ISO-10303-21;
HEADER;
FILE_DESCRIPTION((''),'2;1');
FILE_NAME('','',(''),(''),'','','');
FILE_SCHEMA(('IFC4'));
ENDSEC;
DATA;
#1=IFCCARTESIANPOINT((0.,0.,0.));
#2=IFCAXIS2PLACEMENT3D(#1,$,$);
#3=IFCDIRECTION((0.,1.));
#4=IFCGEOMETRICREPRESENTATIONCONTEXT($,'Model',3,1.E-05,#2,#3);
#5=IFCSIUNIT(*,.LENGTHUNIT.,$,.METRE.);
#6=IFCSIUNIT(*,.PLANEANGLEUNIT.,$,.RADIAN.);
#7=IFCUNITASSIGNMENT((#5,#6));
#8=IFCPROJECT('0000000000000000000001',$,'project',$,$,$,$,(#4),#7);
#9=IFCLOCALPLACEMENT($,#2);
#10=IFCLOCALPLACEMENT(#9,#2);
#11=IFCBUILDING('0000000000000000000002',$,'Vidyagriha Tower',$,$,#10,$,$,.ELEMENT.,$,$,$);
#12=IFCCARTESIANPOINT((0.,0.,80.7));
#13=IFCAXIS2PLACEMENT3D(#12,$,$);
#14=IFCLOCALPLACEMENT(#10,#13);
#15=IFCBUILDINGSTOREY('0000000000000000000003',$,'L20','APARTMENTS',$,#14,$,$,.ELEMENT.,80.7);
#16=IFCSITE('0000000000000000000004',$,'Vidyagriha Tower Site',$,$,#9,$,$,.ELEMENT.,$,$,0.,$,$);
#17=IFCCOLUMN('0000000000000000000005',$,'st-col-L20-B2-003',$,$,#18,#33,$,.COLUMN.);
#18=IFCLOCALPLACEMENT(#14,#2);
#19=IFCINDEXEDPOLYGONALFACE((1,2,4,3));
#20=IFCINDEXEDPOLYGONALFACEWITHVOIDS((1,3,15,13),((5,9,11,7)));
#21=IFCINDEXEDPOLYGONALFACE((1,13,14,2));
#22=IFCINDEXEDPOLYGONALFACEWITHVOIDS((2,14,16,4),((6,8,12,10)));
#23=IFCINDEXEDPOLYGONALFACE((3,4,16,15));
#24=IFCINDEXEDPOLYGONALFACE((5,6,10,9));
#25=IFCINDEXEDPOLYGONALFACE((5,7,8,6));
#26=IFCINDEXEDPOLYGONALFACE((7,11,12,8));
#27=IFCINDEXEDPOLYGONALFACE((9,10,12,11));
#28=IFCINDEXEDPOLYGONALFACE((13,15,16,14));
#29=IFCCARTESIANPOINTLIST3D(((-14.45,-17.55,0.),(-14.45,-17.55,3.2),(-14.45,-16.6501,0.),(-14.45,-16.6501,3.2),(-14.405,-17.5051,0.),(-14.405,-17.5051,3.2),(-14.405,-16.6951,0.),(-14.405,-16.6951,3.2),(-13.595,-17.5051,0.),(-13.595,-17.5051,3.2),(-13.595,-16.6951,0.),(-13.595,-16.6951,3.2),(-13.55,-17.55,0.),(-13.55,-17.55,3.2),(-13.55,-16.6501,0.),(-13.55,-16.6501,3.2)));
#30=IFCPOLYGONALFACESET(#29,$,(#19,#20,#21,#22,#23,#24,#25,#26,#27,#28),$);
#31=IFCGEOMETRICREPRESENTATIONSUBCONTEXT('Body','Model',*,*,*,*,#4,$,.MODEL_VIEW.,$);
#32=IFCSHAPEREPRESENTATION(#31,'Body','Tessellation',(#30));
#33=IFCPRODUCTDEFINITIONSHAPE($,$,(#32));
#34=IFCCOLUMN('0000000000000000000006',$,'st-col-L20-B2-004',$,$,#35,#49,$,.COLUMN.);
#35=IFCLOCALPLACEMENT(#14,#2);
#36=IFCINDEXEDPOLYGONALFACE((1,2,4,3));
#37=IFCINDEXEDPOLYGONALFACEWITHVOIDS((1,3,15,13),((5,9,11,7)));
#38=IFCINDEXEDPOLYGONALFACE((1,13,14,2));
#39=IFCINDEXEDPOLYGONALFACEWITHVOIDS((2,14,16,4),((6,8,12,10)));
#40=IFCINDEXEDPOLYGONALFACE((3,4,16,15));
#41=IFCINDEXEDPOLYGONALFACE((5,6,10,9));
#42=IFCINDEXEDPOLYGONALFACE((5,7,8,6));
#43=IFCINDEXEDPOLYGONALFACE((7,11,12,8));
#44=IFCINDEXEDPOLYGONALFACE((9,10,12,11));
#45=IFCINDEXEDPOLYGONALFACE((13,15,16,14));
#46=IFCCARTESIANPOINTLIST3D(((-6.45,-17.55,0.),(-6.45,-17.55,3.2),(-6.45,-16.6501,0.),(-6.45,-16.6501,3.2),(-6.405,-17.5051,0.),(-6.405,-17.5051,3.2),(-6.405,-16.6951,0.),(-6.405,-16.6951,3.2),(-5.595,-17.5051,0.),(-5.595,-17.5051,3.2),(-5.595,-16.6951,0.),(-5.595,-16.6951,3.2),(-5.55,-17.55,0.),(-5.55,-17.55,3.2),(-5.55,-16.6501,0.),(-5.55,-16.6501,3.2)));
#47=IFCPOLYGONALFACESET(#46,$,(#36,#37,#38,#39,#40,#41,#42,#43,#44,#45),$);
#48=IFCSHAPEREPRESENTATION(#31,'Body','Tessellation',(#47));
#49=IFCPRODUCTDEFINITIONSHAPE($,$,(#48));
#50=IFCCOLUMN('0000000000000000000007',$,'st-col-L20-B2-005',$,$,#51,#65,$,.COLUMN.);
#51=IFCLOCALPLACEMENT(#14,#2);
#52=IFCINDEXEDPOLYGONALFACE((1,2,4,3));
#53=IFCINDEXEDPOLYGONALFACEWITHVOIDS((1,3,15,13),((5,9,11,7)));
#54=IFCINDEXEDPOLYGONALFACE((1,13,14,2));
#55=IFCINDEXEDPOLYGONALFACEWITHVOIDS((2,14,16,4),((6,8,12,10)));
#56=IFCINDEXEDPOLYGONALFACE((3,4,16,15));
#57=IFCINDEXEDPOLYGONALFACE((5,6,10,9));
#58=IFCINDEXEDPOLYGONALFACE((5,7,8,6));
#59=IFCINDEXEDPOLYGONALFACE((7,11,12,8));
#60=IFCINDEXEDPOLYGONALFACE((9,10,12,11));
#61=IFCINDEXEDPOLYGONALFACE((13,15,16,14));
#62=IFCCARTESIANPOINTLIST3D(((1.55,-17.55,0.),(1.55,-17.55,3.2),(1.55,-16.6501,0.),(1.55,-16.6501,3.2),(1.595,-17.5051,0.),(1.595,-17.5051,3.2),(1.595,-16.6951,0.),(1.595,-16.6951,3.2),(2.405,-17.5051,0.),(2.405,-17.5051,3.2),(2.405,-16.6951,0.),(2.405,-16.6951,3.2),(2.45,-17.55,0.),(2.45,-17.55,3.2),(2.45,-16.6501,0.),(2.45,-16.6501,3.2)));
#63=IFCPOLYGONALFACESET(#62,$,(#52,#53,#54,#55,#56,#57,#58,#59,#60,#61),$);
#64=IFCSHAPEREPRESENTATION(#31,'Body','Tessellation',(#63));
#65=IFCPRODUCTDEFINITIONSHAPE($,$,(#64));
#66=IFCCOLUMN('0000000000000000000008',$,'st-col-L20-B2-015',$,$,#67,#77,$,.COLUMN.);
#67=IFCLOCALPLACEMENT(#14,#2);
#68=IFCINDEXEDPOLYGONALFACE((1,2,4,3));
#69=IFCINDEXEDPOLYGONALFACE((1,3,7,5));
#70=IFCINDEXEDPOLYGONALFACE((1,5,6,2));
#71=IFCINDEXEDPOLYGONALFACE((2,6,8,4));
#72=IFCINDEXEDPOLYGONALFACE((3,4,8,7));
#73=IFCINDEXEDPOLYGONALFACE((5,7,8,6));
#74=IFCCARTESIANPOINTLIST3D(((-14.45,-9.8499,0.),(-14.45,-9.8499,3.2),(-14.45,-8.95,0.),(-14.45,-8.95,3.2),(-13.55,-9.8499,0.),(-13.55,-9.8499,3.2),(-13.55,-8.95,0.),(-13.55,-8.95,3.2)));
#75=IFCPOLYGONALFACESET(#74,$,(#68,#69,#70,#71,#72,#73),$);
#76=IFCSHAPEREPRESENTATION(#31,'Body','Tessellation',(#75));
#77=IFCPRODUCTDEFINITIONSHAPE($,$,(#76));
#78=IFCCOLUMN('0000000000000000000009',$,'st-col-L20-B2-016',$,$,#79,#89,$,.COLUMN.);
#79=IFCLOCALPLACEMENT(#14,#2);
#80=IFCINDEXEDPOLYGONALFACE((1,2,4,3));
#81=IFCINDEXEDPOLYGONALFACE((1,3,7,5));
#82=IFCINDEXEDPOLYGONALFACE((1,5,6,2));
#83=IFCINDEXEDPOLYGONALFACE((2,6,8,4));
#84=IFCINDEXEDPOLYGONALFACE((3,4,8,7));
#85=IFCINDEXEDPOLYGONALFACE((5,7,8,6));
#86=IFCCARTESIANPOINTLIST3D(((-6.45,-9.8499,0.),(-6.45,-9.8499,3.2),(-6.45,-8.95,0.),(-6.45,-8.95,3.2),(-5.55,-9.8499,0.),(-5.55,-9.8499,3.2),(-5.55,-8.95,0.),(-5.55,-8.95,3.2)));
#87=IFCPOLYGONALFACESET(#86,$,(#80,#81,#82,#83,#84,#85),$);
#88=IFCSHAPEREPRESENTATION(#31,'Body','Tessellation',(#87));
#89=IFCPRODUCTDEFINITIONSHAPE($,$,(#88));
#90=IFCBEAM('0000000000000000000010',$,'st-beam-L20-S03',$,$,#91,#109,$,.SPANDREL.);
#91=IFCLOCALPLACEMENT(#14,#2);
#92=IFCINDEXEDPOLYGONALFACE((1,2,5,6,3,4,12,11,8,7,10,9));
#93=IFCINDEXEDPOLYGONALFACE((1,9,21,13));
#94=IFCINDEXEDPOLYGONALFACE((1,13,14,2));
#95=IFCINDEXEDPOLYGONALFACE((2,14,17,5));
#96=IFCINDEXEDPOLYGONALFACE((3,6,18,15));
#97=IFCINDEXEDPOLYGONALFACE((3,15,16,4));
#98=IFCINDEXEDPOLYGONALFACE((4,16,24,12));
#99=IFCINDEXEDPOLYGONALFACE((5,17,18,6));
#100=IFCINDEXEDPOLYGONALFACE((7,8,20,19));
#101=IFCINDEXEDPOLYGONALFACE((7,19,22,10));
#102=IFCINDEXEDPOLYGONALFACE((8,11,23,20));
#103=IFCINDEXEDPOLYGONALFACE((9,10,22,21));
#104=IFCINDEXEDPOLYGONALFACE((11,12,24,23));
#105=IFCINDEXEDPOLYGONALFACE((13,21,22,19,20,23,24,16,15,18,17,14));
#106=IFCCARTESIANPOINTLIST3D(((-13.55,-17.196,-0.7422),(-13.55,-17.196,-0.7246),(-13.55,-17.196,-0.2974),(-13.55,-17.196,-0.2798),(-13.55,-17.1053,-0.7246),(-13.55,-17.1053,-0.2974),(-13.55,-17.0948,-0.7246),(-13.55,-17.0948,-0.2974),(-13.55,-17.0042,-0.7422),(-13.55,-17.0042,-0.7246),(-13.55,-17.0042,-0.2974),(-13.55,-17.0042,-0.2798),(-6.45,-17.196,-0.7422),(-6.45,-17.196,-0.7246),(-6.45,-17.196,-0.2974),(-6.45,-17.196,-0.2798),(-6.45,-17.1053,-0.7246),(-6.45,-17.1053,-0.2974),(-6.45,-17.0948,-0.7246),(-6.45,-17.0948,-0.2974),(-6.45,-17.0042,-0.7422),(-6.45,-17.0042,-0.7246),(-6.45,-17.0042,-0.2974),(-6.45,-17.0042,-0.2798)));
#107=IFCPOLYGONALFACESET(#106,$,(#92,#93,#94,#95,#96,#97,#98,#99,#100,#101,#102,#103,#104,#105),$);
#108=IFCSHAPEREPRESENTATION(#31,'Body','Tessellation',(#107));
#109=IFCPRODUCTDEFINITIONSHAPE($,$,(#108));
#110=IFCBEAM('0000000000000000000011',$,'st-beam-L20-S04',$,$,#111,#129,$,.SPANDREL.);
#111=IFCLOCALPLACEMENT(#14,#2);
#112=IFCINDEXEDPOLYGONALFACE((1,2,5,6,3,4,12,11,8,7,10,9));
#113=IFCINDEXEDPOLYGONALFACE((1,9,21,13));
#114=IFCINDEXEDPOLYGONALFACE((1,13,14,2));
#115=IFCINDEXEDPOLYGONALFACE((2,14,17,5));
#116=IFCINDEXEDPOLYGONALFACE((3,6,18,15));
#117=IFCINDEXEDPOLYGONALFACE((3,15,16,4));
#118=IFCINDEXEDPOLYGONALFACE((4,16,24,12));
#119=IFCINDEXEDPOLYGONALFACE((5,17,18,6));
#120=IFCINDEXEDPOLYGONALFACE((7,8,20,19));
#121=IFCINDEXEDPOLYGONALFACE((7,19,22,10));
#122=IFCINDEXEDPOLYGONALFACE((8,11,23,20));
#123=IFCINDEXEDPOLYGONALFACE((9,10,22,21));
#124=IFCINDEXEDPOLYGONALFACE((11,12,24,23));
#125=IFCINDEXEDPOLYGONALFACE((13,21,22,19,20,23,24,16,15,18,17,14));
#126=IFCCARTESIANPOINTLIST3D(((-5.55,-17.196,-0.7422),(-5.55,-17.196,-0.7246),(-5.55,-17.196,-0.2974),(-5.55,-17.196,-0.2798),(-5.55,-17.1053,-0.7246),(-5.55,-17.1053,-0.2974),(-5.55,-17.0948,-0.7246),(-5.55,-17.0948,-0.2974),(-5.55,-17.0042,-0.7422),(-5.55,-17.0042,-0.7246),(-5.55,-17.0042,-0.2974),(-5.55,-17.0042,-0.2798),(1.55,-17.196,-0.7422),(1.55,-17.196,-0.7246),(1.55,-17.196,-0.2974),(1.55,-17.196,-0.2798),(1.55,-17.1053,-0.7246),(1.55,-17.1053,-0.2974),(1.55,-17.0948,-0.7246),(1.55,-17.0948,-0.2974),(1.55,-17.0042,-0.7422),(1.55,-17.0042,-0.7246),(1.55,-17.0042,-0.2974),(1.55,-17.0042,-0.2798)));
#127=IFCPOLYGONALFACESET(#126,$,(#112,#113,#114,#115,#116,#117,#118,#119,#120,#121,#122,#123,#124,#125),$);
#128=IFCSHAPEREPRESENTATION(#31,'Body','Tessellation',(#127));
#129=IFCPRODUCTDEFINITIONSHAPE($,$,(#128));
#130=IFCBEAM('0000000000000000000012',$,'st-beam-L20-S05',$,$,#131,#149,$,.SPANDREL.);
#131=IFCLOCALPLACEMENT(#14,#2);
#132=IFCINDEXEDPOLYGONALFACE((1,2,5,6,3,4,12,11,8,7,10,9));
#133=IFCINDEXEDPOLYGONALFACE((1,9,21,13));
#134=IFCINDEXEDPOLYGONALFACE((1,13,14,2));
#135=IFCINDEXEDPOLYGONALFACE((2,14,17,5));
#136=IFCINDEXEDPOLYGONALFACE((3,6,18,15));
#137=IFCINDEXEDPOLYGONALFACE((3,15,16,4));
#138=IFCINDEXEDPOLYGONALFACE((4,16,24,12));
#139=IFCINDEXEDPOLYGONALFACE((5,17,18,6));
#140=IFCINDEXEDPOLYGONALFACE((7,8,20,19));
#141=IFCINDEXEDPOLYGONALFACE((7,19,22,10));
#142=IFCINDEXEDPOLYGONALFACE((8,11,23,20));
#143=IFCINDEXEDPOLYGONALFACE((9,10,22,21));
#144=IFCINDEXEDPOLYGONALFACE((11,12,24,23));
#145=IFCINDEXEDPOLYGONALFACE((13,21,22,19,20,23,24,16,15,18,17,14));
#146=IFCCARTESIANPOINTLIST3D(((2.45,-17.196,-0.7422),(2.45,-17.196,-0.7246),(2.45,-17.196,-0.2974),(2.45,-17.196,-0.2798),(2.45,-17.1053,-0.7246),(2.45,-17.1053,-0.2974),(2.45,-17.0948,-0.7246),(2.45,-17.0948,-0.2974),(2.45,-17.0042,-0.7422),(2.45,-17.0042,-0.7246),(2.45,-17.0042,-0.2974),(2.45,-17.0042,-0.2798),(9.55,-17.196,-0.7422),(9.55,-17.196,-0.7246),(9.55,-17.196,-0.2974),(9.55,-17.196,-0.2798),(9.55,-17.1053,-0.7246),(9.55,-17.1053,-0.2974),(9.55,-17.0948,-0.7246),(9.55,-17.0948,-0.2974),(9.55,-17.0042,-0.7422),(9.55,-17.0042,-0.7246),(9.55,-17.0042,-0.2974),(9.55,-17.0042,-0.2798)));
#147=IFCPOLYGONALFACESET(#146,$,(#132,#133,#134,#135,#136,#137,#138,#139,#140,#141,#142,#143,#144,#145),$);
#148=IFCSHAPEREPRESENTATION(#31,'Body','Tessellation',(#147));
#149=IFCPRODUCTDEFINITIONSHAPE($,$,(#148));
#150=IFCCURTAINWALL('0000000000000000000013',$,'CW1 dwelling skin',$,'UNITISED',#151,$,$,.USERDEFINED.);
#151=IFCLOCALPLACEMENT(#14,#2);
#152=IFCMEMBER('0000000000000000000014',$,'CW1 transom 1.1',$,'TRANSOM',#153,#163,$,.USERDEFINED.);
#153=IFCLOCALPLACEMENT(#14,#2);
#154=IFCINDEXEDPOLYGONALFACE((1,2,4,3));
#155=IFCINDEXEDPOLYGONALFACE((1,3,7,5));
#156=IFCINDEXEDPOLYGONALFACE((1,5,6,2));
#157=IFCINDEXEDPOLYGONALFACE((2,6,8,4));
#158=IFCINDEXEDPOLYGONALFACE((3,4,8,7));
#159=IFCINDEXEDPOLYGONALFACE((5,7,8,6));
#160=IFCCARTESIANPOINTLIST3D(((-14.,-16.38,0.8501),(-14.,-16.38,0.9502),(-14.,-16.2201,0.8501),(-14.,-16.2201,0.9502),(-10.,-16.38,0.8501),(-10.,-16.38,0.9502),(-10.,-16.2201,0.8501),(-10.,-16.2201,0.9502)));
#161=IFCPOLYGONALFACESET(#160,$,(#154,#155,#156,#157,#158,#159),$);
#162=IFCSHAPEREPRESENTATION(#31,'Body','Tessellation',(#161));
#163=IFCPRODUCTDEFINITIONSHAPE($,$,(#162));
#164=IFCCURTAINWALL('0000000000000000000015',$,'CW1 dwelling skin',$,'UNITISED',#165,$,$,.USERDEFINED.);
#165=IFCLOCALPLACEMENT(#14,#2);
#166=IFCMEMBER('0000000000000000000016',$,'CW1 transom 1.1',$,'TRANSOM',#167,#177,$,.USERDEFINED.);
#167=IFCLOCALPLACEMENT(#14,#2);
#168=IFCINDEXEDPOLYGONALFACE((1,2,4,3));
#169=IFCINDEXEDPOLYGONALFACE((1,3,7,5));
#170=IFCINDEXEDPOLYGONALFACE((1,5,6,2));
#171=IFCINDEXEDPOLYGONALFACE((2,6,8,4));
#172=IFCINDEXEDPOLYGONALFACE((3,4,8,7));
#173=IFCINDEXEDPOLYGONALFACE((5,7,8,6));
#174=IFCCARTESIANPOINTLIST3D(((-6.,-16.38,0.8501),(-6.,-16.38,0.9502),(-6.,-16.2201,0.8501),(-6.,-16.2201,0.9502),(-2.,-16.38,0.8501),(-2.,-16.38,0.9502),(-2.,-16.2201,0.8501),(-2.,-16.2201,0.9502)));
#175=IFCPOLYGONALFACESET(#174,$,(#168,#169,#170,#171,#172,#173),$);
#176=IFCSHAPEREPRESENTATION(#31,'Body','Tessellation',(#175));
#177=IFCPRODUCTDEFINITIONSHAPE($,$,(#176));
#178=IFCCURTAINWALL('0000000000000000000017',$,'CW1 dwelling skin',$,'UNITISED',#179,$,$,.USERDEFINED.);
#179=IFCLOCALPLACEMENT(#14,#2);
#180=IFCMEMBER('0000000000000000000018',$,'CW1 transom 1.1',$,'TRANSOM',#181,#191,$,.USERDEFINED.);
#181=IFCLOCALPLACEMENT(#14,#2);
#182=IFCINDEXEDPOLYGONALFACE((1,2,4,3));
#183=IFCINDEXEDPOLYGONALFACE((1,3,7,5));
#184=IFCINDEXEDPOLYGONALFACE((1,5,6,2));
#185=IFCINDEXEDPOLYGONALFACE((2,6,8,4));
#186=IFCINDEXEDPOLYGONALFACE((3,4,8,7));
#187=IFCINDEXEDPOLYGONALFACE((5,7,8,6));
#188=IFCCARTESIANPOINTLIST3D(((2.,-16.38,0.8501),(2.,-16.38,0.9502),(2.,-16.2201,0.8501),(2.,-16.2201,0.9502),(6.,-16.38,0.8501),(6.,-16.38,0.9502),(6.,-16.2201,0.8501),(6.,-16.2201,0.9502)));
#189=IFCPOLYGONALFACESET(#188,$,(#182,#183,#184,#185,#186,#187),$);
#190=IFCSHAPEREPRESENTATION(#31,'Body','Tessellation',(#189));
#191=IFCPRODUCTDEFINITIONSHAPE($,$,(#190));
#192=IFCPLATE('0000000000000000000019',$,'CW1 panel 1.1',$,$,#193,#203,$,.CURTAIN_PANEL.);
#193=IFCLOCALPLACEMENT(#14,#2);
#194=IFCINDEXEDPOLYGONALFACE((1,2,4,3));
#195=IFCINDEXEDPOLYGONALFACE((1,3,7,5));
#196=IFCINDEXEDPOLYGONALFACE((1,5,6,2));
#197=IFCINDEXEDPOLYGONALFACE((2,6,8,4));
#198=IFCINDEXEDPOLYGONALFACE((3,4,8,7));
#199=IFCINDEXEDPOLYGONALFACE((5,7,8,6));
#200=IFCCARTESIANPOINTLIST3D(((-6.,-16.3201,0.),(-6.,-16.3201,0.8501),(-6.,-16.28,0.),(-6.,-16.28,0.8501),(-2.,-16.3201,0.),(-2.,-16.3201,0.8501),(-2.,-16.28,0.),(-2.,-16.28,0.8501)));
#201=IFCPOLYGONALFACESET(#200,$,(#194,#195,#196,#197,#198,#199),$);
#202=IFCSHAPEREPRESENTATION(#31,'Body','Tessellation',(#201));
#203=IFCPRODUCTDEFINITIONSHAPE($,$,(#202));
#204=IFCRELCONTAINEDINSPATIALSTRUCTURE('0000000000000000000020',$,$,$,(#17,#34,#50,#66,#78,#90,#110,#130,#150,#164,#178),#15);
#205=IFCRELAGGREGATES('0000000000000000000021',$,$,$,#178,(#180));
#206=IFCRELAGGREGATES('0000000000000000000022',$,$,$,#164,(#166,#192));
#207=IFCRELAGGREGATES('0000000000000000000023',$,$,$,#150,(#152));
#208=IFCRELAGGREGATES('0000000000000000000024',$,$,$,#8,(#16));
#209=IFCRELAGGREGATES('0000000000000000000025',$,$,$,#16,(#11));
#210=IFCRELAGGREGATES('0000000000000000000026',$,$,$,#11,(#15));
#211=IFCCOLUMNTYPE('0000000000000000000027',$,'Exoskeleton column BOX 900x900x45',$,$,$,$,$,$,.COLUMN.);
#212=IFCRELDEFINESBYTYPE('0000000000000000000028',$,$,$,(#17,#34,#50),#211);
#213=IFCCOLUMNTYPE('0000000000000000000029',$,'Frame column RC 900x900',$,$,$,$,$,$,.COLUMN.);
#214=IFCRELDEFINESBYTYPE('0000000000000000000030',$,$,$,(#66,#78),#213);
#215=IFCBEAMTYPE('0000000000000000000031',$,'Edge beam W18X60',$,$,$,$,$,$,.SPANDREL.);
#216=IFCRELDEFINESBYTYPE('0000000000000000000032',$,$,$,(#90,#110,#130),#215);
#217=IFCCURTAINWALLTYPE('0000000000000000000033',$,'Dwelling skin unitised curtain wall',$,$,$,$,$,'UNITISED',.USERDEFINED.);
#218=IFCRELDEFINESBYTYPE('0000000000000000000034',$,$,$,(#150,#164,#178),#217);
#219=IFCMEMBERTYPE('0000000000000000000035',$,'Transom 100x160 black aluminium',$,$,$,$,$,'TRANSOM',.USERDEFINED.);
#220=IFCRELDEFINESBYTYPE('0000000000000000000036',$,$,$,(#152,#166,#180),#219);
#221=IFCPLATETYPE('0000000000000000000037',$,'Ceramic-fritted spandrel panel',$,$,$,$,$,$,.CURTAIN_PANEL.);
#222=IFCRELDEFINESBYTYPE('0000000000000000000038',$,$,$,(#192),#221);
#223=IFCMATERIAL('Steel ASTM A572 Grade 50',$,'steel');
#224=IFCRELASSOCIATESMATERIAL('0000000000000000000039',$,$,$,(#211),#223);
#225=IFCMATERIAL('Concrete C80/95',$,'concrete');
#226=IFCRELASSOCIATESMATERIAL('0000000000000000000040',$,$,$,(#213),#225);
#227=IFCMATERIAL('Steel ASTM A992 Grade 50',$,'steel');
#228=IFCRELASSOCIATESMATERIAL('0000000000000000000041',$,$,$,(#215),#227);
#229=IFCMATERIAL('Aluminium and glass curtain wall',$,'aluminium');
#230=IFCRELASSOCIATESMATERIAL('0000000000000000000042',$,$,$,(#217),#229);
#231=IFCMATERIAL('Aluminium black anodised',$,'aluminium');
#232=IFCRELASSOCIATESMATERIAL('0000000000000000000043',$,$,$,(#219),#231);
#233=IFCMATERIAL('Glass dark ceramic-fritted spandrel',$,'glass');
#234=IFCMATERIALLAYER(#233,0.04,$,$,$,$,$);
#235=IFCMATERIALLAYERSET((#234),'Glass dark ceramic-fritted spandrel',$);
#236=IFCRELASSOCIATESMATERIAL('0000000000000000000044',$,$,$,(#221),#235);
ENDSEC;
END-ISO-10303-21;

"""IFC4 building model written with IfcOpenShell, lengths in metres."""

from ifc_helpers import new_model, si_unit, direction, frame, origin, origin_2d, place, context, subcontext, project, spatial, rectangle, hollow_rectangle, i_section, extrude, material, layer, layer_set, material_profile, profile_set, type_object, element, aggregate, save


model = new_model("IFC4")

# Units and contexts
model_context = context("Model", 3, precision=1e-05, world=origin(), true_north=direction((0.0, 1.0)))
body_context = subcontext(model_context, "Body", "Model", "MODEL_VIEW")
ifc_project = project(units=[si_unit("LENGTHUNIT", "METRE"), si_unit("PLANEANGLEUNIT", "RADIAN")], contexts=[model_context])

# Site, building, storey
site_placement = place(None, origin())
site = spatial("IfcSite", under=ifc_project, at=site_placement, Name="Vidyagriha Tower Site", CompositionType="ELEMENT", RefElevation=0.0)
building_placement = place(site_placement, origin())
building = spatial("IfcBuilding", under=site, at=building_placement, Name="Vidyagriha Tower", CompositionType="ELEMENT")
storey_placement = place(building_placement, frame((0.0, 0.0, 80.7)))
storey = spatial("IfcBuildingStorey", under=building, at=storey_placement, Name="L20", Description="APARTMENTS", CompositionType="ELEMENT", Elevation=80.7)

# Columns
ifc_material_1 = material(Name="Steel ASTM A572 Grade 50", Category="steel")
ifc_material_profile_1 = material_profile(ifc_material_1, hollow_rectangle(XDim=0.8999, YDim=0.8999, WallThickness=0.0449, at=origin_2d()), Name="BOX 900x900x45")
ifc_profile_set_1 = profile_set([ifc_material_profile_1], Name="Steel ASTM A572 Grade 50")
column_type_1 = type_object("IfcColumnType", Name="Exoskeleton column BOX 900x900x45", PredefinedType="COLUMN", material=ifc_profile_set_1)
for number, where, name in (
    (1, (-14.0, -17.1001, 0.0), "st-col-L20-B2-003"),
    (2, (-6.0, -17.1001, 0.0), "st-col-L20-B2-004"),
    (3, (2.0, -17.1001, 0.0), "st-col-L20-B2-005"),
):
    element("IfcColumn", number, at=place(storey_placement, frame(where)), inside=storey, type_object=column_type_1, Name=name, PredefinedType="COLUMN", context=body_context, shape_type="SweptSolid", body=[
        extrude(hollow_rectangle(XDim=0.8999, YDim=0.8999, WallThickness=0.0449, at=origin_2d()), origin(), (0.0, 0.0, 1.0), 3.2),
    ])
ifc_material_2 = material(Name="Concrete C80/95", Category="concrete")
ifc_material_profile_2 = material_profile(ifc_material_2, rectangle(XDim=0.8999, YDim=0.8999, at=origin_2d()), Name="RC 900x900")
ifc_profile_set_2 = profile_set([ifc_material_profile_2], Name="Concrete C80/95")
column_type_2 = type_object("IfcColumnType", Name="Frame column RC 900x900", PredefinedType="COLUMN", material=ifc_profile_set_2)
for number, where, name in (
    (4, (-14.0, -9.3999, 0.0), "st-col-L20-B2-015"),
    (5, (-6.0, -9.3999, 0.0), "st-col-L20-B2-016"),
):
    element("IfcColumn", number, at=place(storey_placement, frame(where)), inside=storey, type_object=column_type_2, Name=name, PredefinedType="COLUMN", context=body_context, shape_type="SweptSolid", body=[
        extrude(rectangle(XDim=0.8999, YDim=0.8999, at=origin_2d()), origin(), (0.0, 0.0, 1.0), 3.2),
    ])

# Beams
ifc_material_3 = material(Name="Steel ASTM A992 Grade 50", Category="steel")
ifc_material_profile_3 = material_profile(ifc_material_3, i_section(OverallWidth=0.1919, OverallDepth=0.4624, WebThickness=0.0105, FlangeThickness=0.0176, at=origin_2d()), Name="W18X60")
ifc_profile_set_3 = profile_set([ifc_material_profile_3], Name="Steel ASTM A992 Grade 50")
beam_type = type_object("IfcBeamType", Name="Edge beam W18X60", PredefinedType="SPANDREL", material=ifc_profile_set_3)
for number, where, z_axis, x_axis, name in (
    (6, (-13.55, -17.1001, -0.511), (1.0, 0.0, 0.0), (0.0, 1.0, 0.0), "st-beam-L20-S03"),
    (7, (-5.55, -17.1001, -0.511), (1.0, 0.0, 0.0), (0.0, 1.0, 0.0), "st-beam-L20-S04"),
    (8, (2.45, -17.1001, -0.511), (1.0, 0.0, 0.0), (0.0, 1.0, 0.0), "st-beam-L20-S05"),
):
    element("IfcBeam", number, at=place(storey_placement, frame(where, z_axis=z_axis, x_axis=x_axis)), inside=storey, type_object=beam_type, Name=name, PredefinedType="SPANDREL", context=body_context, shape_type="SweptSolid", body=[
        extrude(i_section(OverallWidth=0.1919, OverallDepth=0.4624, WebThickness=0.0105, FlangeThickness=0.0176, at=origin_2d()), origin(), (0.0, 0.0, 1.0), 7.1001),
    ])

# Curtain walls, members
ifc_material_4 = material(Name="Aluminium and glass curtain wall", Category="aluminium")
curtain_wall_type = type_object("IfcCurtainWallType", Name="Dwelling skin unitised curtain wall", ElementType="UNITISED", PredefinedType="USERDEFINED", material=ifc_material_4)
curtain_wall_1_placement = place(storey_placement, origin())
curtain_wall_1 = element("IfcCurtainWall", 9, at=curtain_wall_1_placement, inside=storey, type_object=curtain_wall_type, Name="CW1 dwelling skin", ObjectType="UNITISED", PredefinedType="USERDEFINED")
ifc_material_5 = material(Name="Aluminium black anodised", Category="aluminium")
ifc_material_profile_4 = material_profile(ifc_material_5, rectangle(XDim=0.1599, YDim=0.1001, at=origin_2d()), Name="Transom 100x160 black aluminium")
ifc_profile_set_4 = profile_set([ifc_material_profile_4], Name="Aluminium black anodised")
member_type = type_object("IfcMemberType", Name="Transom 100x160 black aluminium", ElementType="TRANSOM", PredefinedType="USERDEFINED", material=ifc_profile_set_4)
member_1_placement = place(storey_placement, frame((-14.0, -16.3, 0.9001), z_axis=(1.0, 0.0, 0.0), x_axis=(0.0, 1.0, 0.0)))
member_1 = element("IfcMember", 10, at=member_1_placement, type_object=member_type, Name="CW1 transom 1.1", ObjectType="TRANSOM", PredefinedType="USERDEFINED", context=body_context, shape_type="SweptSolid", body=[
    extrude(rectangle(XDim=0.1599, YDim=0.1001, at=origin_2d()), origin(), (0.0, 0.0, 1.0), 4.0),
])
curtain_wall_2_placement = place(storey_placement, origin())
curtain_wall_2 = element("IfcCurtainWall", 11, at=curtain_wall_2_placement, inside=storey, type_object=curtain_wall_type, Name="CW1 dwelling skin", ObjectType="UNITISED", PredefinedType="USERDEFINED")
member_2_placement = place(storey_placement, frame((-6.0, -16.3, 0.9001), z_axis=(1.0, 0.0, 0.0), x_axis=(0.0, 1.0, 0.0)))
member_2 = element("IfcMember", 12, at=member_2_placement, type_object=member_type, Name="CW1 transom 1.1", ObjectType="TRANSOM", PredefinedType="USERDEFINED", context=body_context, shape_type="SweptSolid", body=[
    extrude(rectangle(XDim=0.1599, YDim=0.1001, at=origin_2d()), origin(), (0.0, 0.0, 1.0), 4.0),
])
curtain_wall_3_placement = place(storey_placement, origin())
curtain_wall_3 = element("IfcCurtainWall", 13, at=curtain_wall_3_placement, inside=storey, type_object=curtain_wall_type, Name="CW1 dwelling skin", ObjectType="UNITISED", PredefinedType="USERDEFINED")
member_3_placement = place(storey_placement, frame((2.0, -16.3, 0.9001), z_axis=(1.0, 0.0, 0.0), x_axis=(0.0, 1.0, 0.0)))
member_3 = element("IfcMember", 14, at=member_3_placement, type_object=member_type, Name="CW1 transom 1.1", ObjectType="TRANSOM", PredefinedType="USERDEFINED", context=body_context, shape_type="SweptSolid", body=[
    extrude(rectangle(XDim=0.1599, YDim=0.1001, at=origin_2d()), origin(), (0.0, 0.0, 1.0), 4.0),
])
aggregate(curtain_wall_3, [member_3])

# Plate
ifc_material_6 = material(Name="Glass dark ceramic-fritted spandrel", Category="glass")
ifc_layer_1 = layer(ifc_material_6, 0.04)
ifc_layer_set_1 = layer_set([ifc_layer_1], Name="Glass dark ceramic-fritted spandrel")
plate_type_1 = type_object("IfcPlateType", Name="Ceramic-fritted spandrel panel", PredefinedType="CURTAIN_PANEL", material=ifc_layer_set_1)
plate_1_placement = place(storey_placement, frame((-4.0, -16.3, 0.0)))
plate_1 = element("IfcPlate", 15, at=plate_1_placement, type_object=plate_type_1, Name="CW1 panel 1.1", PredefinedType="CURTAIN_PANEL", context=body_context, shape_type="SweptSolid", body=[
    extrude(rectangle(XDim=4.0, YDim=0.04, at=origin_2d()), origin(), (0.0, 0.0, 1.0), 0.8501),
])
aggregate(curtain_wall_2, [member_2, plate_1])
aggregate(curtain_wall_1, [member_1])

save(model, "model.ifc")
